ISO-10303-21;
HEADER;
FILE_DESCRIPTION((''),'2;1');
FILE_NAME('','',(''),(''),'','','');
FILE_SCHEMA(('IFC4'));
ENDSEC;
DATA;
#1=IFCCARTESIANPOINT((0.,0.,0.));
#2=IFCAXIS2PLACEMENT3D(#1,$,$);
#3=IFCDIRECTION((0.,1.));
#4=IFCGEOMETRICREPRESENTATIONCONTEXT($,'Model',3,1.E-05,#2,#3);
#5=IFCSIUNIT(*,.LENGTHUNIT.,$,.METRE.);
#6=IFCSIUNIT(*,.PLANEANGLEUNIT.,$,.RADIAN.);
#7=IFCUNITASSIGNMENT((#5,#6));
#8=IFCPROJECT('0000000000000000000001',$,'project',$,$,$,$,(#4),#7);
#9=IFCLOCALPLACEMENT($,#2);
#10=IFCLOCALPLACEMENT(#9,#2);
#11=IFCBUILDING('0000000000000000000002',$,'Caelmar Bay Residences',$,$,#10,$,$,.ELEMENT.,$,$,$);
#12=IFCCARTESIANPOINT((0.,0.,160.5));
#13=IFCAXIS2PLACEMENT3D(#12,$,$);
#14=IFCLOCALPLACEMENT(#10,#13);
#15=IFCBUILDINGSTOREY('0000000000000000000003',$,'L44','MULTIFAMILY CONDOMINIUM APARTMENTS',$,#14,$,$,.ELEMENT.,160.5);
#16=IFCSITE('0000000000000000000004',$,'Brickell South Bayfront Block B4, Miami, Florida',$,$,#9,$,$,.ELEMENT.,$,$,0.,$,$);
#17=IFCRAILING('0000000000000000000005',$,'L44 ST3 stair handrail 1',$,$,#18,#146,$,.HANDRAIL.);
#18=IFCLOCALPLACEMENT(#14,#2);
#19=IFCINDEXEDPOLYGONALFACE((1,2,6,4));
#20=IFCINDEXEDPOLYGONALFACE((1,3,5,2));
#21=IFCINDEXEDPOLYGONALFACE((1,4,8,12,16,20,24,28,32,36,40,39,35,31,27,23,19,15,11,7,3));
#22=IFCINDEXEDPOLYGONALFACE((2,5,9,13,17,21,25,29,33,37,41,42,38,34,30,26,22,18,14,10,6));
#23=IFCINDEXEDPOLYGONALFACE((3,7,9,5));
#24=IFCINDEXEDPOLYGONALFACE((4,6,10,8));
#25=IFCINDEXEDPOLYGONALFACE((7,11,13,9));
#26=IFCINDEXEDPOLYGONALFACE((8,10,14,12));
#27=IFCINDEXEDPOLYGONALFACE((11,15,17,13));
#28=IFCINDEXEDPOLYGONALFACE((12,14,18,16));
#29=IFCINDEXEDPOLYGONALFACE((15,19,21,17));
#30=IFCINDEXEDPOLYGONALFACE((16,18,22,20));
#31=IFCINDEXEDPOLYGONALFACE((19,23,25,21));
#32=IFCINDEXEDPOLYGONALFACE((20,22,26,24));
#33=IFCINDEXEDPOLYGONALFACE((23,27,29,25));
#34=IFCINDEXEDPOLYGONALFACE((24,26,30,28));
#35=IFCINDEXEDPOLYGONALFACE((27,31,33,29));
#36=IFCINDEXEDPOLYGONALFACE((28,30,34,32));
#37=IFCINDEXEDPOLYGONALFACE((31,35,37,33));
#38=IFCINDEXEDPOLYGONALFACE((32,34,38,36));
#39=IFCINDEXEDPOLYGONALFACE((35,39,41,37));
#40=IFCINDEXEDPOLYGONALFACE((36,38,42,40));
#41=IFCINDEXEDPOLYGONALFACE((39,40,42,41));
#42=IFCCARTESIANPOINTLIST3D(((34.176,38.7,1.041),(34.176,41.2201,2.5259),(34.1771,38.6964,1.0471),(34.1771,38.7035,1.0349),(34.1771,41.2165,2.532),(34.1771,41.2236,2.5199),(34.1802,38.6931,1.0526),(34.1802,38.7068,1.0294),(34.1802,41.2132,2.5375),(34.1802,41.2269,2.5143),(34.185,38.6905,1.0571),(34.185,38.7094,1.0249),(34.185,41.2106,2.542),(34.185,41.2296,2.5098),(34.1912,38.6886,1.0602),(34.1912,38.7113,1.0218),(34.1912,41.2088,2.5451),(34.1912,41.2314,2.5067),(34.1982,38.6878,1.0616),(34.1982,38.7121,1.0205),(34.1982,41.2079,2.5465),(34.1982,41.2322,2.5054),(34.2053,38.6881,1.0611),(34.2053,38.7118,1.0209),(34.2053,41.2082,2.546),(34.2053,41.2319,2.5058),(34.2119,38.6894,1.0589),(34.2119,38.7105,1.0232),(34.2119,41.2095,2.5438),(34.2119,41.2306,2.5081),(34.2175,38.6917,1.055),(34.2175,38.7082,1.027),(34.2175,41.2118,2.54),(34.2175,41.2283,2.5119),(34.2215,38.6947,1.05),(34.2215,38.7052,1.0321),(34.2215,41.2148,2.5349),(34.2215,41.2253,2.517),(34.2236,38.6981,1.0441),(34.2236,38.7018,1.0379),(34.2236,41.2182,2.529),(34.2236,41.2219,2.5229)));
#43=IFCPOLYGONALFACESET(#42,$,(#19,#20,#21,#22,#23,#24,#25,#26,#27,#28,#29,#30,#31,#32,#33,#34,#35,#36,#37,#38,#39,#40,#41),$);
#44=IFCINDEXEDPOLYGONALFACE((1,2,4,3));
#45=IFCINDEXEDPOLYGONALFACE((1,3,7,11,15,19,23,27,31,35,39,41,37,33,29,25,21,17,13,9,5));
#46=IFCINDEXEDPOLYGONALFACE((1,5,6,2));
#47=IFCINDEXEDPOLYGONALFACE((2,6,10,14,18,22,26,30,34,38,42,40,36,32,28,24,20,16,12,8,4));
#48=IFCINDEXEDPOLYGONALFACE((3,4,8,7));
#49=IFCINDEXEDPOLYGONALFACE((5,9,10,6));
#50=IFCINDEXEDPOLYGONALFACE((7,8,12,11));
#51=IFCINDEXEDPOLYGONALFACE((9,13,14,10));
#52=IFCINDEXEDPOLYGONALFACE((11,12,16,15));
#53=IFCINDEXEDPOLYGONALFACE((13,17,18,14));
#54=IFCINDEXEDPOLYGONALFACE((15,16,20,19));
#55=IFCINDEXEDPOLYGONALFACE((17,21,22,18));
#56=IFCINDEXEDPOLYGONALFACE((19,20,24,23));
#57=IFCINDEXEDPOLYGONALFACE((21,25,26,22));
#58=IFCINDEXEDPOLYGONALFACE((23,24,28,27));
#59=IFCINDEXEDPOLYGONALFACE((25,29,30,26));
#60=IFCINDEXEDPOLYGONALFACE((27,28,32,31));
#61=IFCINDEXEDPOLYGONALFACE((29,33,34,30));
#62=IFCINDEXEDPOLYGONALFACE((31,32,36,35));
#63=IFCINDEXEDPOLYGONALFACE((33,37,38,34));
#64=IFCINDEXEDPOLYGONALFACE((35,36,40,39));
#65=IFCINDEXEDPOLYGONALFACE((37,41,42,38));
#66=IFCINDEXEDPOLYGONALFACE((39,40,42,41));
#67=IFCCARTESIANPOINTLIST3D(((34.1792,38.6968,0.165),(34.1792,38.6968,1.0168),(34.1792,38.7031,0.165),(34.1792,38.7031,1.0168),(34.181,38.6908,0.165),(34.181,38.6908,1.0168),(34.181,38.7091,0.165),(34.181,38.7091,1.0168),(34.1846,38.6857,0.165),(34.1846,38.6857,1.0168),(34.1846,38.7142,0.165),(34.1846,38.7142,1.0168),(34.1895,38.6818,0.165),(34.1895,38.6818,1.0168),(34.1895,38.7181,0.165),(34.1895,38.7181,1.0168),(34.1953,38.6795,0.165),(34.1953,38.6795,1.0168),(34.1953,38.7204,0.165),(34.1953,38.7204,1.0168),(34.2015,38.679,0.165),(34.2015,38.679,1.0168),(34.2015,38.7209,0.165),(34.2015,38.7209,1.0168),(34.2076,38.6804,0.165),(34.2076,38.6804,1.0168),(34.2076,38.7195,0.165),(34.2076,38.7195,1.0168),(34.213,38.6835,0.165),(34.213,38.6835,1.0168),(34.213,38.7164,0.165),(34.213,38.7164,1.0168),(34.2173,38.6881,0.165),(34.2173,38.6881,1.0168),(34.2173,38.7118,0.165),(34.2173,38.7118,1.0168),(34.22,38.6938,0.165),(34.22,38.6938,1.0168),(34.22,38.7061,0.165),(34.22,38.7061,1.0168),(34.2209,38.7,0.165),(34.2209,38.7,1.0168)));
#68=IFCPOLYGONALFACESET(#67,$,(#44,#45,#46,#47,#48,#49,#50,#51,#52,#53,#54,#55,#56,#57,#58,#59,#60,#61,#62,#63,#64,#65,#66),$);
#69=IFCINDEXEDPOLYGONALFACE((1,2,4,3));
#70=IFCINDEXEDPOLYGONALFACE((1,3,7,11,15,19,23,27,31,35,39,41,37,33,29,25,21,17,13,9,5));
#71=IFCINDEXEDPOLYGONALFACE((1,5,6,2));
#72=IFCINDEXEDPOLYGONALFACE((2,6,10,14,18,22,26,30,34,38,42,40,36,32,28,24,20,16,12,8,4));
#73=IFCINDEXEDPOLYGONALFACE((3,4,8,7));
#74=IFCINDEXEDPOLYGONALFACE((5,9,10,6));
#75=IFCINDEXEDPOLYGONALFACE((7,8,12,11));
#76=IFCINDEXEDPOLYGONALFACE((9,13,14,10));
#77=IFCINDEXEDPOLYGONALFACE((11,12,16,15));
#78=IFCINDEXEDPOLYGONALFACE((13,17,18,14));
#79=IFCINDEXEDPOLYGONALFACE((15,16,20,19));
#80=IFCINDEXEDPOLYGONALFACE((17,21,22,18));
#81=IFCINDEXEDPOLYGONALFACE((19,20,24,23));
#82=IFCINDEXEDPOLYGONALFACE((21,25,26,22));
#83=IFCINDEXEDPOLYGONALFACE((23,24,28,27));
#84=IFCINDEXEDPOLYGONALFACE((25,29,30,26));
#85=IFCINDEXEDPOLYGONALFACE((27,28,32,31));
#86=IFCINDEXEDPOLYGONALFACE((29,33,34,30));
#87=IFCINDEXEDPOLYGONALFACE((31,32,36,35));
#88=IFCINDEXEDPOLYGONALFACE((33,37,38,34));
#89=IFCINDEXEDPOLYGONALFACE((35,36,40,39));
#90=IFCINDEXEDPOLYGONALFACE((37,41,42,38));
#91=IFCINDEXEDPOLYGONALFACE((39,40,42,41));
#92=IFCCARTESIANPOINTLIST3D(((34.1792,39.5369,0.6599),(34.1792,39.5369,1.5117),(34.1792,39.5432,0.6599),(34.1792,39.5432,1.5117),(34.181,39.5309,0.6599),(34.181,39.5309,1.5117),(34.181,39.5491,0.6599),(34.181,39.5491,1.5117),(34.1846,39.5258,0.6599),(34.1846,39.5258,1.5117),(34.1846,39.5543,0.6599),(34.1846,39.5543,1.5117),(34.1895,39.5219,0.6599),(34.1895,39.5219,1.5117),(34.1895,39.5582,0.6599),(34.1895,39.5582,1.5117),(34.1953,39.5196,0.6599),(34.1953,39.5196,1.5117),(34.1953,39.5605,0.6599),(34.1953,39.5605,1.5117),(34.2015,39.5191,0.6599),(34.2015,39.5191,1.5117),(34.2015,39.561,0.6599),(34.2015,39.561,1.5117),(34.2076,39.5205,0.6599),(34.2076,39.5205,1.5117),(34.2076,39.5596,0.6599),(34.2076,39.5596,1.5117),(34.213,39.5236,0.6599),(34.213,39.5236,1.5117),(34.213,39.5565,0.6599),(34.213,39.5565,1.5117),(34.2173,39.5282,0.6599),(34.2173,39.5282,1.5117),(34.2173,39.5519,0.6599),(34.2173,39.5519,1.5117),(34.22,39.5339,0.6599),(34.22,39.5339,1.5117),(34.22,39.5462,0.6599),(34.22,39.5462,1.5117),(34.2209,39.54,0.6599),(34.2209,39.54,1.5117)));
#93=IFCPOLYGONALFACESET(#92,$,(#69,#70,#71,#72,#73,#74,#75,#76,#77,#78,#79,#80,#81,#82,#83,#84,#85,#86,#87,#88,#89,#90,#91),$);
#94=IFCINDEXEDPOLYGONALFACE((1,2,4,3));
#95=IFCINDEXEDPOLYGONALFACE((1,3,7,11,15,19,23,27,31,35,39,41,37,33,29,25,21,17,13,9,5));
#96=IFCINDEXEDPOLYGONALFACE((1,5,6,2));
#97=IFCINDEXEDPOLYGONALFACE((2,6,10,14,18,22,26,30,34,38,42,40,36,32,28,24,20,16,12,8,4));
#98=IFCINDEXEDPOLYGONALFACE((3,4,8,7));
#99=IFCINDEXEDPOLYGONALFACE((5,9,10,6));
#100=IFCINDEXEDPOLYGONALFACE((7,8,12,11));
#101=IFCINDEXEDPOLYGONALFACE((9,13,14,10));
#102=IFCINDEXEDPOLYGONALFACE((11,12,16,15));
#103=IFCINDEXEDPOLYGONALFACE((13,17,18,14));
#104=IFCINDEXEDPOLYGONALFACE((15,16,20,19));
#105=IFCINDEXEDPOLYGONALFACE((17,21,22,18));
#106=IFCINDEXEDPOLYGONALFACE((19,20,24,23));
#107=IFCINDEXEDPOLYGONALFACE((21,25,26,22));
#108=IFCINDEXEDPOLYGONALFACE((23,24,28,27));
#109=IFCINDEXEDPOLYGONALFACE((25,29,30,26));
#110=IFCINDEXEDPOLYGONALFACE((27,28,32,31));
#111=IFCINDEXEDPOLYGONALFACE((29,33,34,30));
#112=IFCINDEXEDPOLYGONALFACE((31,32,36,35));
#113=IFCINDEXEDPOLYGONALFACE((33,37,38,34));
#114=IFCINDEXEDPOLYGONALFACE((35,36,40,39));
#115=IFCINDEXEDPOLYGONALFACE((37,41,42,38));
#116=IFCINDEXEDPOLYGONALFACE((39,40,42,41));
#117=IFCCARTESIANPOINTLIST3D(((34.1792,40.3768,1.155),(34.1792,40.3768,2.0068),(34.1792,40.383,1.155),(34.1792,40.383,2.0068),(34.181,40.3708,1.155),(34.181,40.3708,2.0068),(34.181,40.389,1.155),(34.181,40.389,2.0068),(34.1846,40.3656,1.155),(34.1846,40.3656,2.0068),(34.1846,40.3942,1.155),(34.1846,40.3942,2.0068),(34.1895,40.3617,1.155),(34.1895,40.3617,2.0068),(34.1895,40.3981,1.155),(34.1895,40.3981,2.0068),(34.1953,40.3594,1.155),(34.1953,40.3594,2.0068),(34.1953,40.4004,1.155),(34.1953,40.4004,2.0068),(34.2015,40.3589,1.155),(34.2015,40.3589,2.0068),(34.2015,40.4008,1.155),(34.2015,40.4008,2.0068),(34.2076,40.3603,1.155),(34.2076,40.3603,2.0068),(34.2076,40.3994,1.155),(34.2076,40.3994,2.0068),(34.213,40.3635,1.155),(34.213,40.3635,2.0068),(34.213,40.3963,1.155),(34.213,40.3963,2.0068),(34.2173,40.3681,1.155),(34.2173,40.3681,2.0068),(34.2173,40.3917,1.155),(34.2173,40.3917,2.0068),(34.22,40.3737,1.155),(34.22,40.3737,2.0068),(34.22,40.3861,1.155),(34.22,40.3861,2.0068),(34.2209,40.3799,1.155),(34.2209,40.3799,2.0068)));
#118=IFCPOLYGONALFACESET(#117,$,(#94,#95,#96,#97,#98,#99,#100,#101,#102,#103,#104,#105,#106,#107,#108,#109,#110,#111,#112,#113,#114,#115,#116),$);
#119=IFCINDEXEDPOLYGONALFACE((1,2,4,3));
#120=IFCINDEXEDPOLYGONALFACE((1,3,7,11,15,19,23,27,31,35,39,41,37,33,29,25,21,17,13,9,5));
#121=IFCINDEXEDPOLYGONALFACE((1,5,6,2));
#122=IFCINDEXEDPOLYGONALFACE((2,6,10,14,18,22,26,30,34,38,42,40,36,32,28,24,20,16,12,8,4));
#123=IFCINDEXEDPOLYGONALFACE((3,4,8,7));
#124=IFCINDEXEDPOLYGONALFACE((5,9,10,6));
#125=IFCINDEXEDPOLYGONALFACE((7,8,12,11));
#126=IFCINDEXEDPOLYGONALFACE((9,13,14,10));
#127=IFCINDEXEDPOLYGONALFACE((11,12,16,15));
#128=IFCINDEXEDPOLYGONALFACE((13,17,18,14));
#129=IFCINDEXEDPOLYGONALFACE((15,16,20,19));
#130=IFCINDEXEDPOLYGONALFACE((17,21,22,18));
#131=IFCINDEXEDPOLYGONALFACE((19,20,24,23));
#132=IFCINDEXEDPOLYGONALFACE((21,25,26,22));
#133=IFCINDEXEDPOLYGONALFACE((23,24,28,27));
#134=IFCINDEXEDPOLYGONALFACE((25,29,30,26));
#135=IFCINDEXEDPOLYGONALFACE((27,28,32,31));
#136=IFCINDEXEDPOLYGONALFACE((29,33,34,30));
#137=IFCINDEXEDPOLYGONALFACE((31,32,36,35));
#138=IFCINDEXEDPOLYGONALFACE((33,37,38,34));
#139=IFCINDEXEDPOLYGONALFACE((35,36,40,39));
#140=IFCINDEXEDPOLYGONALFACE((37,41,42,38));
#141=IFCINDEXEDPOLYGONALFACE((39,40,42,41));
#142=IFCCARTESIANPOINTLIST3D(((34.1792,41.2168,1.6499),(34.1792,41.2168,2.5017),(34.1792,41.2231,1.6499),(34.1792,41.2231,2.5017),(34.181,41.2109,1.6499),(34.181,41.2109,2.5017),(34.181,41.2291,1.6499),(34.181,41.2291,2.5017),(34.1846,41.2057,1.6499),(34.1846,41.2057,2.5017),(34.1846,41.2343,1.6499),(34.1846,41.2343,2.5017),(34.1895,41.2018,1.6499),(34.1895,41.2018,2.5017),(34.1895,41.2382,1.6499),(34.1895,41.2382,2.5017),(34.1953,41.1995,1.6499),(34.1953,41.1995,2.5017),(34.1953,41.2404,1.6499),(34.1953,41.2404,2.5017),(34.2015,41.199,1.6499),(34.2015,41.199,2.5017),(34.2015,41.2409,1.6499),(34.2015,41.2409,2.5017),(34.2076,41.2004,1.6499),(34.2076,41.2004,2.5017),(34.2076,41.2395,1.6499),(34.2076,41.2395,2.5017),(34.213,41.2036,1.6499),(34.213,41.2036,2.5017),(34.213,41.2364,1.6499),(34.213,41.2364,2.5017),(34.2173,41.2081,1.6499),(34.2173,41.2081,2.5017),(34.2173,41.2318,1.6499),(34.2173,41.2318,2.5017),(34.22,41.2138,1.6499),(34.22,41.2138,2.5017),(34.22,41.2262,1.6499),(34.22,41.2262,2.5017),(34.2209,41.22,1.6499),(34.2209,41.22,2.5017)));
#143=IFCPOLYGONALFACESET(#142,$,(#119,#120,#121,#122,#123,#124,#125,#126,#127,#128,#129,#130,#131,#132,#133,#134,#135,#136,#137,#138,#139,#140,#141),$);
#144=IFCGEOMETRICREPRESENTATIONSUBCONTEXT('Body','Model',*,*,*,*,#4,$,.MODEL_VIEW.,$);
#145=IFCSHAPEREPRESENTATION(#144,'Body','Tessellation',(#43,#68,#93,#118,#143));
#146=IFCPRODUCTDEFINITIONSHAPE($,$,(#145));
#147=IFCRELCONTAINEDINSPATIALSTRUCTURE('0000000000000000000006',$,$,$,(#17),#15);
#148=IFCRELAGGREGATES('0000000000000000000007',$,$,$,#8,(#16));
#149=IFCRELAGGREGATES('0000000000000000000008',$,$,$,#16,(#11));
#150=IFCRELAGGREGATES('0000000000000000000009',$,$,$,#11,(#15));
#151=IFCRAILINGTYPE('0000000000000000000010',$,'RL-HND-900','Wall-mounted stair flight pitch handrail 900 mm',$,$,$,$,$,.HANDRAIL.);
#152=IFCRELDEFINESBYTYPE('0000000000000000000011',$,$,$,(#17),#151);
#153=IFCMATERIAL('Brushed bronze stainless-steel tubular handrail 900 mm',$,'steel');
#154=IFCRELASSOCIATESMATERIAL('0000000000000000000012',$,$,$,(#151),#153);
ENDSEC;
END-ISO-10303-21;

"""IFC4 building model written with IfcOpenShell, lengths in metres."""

from ifc_helpers import new_model, si_unit, direction, frame, origin, origin_2d, place, context, subcontext, project, spatial, circle, extrude, material, type_object, element, save


model = new_model("IFC4")

# Units and contexts
model_context = context("Model", 3, precision=1e-05, world=origin(), true_north=direction((0.0, 1.0)))
body_context = subcontext(model_context, "Body", "Model", "MODEL_VIEW")
ifc_project = project(units=[si_unit("LENGTHUNIT", "METRE"), si_unit("PLANEANGLEUNIT", "RADIAN")], contexts=[model_context])

# Site, building, storey
site_placement = place(None, origin())
site = spatial("IfcSite", under=ifc_project, at=site_placement, Name="Brickell South Bayfront Block B4, Miami, Florida", CompositionType="ELEMENT", RefElevation=0.0)
building_placement = place(site_placement, origin())
building = spatial("IfcBuilding", under=site, at=building_placement, Name="Caelmar Bay Residences", CompositionType="ELEMENT")
storey_placement = place(building_placement, frame((0.0, 0.0, 160.5)))
storey = spatial("IfcBuildingStorey", under=building, at=storey_placement, Name="L44", Description="MULTIFAMILY CONDOMINIUM APARTMENTS", CompositionType="ELEMENT", Elevation=160.5)

# Railing
ifc_material_1 = material(Name="Brushed bronze stainless-steel tubular handrail 900 mm", Category="steel")
railing_type_1 = type_object("IfcRailingType", Name="RL-HND-900", Description="Wall-mounted stair flight pitch handrail 900 mm", PredefinedType="HANDRAIL", material=ifc_material_1)
railing_1_placement = place(storey_placement, frame((34.2, 38.7, 0.165)))
element("IfcRailing", 1, at=railing_1_placement, inside=storey, type_object=railing_type_1, Name="L44 ST3 stair handrail 1", PredefinedType="HANDRAIL", context=body_context, shape_type="SweptSolid", body=[
    extrude(circle(Radius=0.0239, at=origin_2d()), frame((0.0, 0.0, 0.876), z_axis=(0.0, 0.861561, 0.507655), x_axis=(-1.0, 0.0, 0.0)), (0.0, 0.0, 1.0), 2.925),
    extrude(circle(Radius=0.021, at=origin_2d()), origin(), (0.0, 0.0, 1.0), 0.8518),
    extrude(circle(Radius=0.021, at=origin_2d()), frame((0.0, 0.8401, 0.4949)), (0.0, 0.0, 1.0), 0.8518),
    extrude(circle(Radius=0.021, at=origin_2d()), frame((0.0, 1.6799, 0.99)), (0.0, 0.0, 1.0), 0.8518),
    extrude(circle(Radius=0.021, at=origin_2d()), frame((0.0, 2.52, 1.4849)), (0.0, 0.0, 1.0), 0.8518),
])

save(model, "model.ifc")
